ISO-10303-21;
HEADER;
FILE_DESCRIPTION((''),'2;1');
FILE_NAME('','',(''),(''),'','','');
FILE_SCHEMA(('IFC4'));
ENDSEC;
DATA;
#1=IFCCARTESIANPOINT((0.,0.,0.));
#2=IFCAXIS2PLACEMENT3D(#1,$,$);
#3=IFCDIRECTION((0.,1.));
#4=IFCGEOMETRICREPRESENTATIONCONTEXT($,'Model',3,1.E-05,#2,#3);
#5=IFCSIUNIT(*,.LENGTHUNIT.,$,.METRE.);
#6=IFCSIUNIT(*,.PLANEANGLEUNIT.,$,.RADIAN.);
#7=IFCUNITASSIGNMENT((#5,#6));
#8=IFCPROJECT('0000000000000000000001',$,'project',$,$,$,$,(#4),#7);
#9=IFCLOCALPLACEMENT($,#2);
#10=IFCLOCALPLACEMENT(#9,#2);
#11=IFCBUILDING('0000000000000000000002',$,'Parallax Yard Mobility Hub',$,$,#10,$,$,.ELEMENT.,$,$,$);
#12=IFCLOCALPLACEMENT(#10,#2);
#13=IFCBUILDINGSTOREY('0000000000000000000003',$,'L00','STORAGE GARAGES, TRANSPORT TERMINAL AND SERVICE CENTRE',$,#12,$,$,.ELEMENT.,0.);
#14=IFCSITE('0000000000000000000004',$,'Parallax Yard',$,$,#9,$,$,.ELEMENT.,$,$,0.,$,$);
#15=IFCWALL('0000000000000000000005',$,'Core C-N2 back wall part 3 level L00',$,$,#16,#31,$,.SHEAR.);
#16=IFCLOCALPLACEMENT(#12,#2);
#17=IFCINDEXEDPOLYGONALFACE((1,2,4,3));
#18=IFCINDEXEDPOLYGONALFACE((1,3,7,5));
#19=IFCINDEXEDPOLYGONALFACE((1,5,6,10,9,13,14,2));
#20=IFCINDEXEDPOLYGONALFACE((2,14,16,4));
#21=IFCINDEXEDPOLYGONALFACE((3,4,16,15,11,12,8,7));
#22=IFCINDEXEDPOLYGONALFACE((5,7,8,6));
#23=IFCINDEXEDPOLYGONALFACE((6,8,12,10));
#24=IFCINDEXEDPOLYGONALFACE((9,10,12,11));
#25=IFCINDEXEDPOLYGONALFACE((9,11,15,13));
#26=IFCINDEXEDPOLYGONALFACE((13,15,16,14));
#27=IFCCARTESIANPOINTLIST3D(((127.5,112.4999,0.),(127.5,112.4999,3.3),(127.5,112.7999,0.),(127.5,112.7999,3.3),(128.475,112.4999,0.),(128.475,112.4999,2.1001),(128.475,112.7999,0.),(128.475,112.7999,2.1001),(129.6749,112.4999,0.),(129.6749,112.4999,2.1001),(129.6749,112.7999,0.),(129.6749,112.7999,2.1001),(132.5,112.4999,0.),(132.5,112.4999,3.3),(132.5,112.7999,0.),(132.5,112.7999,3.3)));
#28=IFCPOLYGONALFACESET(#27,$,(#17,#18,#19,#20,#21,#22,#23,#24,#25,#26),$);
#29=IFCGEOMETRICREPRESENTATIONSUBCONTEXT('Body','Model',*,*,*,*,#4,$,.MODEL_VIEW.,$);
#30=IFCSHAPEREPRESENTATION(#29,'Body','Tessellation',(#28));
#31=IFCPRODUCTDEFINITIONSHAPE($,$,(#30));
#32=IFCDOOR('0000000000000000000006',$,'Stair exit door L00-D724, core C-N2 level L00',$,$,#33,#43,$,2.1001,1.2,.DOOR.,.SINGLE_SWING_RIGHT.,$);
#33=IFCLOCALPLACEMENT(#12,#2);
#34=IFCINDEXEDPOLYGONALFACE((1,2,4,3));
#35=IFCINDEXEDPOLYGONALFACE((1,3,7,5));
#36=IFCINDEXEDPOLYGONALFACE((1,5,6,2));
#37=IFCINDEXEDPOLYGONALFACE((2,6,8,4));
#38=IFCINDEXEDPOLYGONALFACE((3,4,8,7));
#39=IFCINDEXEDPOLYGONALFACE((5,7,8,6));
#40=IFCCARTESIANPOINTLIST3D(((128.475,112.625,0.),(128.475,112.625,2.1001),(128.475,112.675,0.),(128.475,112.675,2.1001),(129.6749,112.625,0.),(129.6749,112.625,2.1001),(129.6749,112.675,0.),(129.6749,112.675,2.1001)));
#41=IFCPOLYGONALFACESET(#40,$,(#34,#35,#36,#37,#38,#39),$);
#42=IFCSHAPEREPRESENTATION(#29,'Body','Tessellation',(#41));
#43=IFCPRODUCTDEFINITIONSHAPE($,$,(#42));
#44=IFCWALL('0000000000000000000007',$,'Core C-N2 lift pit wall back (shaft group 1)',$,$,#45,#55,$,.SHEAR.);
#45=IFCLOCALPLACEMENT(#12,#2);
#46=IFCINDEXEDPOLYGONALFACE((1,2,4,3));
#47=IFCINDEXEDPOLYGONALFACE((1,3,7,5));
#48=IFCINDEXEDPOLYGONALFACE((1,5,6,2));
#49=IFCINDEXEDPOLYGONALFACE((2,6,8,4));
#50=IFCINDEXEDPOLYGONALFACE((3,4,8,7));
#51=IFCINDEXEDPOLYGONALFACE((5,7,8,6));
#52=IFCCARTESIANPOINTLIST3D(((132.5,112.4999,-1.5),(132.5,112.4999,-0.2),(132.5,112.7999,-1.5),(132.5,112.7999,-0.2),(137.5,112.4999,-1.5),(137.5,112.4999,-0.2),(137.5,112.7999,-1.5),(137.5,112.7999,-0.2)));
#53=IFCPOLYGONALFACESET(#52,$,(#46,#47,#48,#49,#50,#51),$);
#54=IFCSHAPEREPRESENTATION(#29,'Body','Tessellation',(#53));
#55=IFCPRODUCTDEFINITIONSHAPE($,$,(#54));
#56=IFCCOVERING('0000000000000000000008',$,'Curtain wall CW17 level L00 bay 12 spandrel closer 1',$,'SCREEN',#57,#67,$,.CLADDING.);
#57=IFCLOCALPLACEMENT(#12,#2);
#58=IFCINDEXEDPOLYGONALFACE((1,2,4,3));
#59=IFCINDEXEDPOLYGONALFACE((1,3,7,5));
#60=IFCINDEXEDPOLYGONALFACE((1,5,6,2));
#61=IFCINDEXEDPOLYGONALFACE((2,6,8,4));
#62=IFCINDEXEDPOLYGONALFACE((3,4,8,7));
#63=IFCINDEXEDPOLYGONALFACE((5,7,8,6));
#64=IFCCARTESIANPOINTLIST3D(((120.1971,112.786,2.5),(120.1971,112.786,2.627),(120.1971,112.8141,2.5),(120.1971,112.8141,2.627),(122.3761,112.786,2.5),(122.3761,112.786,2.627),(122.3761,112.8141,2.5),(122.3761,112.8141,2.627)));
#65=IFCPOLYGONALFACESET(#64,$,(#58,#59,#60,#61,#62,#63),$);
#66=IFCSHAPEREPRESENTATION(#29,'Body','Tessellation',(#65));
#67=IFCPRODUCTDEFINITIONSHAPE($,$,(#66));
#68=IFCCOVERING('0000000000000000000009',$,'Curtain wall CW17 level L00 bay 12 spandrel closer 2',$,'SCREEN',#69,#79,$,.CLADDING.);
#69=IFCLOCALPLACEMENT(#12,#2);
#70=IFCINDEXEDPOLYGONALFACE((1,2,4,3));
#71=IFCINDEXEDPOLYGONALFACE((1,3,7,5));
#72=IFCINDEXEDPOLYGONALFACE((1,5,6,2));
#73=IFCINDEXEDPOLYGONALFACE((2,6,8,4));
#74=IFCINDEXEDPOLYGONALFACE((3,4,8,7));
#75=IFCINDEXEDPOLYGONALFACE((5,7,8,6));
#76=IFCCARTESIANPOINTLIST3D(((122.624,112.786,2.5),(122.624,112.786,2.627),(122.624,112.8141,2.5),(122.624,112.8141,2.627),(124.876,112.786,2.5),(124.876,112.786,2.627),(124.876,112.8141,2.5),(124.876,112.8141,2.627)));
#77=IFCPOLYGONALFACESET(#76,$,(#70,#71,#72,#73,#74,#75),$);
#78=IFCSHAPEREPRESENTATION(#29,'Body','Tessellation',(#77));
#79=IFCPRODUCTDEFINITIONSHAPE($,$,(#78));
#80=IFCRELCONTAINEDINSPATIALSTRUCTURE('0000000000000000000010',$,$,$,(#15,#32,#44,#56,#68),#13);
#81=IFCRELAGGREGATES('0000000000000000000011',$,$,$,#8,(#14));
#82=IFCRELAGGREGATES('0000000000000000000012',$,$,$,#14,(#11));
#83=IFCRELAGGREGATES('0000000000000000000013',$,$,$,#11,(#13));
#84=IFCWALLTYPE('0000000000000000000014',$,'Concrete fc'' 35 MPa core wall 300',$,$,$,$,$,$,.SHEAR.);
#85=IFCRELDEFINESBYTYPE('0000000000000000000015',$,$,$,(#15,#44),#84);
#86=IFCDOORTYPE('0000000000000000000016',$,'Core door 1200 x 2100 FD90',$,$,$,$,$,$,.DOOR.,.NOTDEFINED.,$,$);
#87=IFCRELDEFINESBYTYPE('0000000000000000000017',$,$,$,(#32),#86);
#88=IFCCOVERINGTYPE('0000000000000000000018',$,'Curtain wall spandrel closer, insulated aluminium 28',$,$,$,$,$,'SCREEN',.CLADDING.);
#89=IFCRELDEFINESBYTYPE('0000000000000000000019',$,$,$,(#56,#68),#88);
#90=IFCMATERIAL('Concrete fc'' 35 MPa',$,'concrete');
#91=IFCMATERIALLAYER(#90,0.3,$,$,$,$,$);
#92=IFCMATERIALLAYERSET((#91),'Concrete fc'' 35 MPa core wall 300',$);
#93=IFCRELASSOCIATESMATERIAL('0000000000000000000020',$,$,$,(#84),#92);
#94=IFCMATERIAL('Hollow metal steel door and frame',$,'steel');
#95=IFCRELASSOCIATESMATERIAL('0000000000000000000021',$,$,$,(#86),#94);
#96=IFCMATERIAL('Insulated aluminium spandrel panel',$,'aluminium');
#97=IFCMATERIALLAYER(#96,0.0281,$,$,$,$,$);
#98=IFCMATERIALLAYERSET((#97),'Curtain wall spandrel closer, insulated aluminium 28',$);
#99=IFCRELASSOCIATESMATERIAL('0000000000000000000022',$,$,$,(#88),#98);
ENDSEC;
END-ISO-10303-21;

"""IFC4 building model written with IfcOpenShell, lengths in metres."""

from ifc_helpers import new_model, si_unit, direction, frame, frame_2d, origin, origin_2d, place, context, subcontext, project, spatial, rectangle, extrude, material, layer, layer_set, type_object, element, fill, save


model = new_model("IFC4")

# Units and contexts
model_context = context("Model", 3, precision=1e-05, world=origin(), true_north=direction((0.0, 1.0)))
body_context = subcontext(model_context, "Body", "Model", "MODEL_VIEW")
ifc_project = project(units=[si_unit("LENGTHUNIT", "METRE"), si_unit("PLANEANGLEUNIT", "RADIAN")], contexts=[model_context])

# Site, building, storey
site_placement = place(None, origin())
site = spatial("IfcSite", under=ifc_project, at=site_placement, Name="Parallax Yard", CompositionType="ELEMENT", RefElevation=0.0)
building_placement = place(site_placement, origin())
building = spatial("IfcBuilding", under=site, at=building_placement, Name="Parallax Yard Mobility Hub", CompositionType="ELEMENT")
storey_placement = place(building_placement, origin())
storey = spatial("IfcBuildingStorey", under=building, at=storey_placement, Name="L00", Description="STORAGE GARAGES, TRANSPORT TERMINAL AND SERVICE CENTRE", CompositionType="ELEMENT", Elevation=0.0)

# Shared definitions
ifc_material_1 = material(Name="Concrete fc' 35 MPa", Category="concrete")
ifc_layer_1 = layer(ifc_material_1, 0.3)
ifc_layer_set_1 = layer_set([ifc_layer_1], Name="Concrete fc' 35 MPa core wall 300")
wall_type = type_object("IfcWallType", Name="Concrete fc' 35 MPa core wall 300", PredefinedType="SHEAR", material=ifc_layer_set_1)
ifc_material_2 = material(Name="Hollow metal steel door and frame", Category="steel")
door_type = type_object("IfcDoorType", Name="Core door 1200 x 2100 FD90", OperationType="NOTDEFINED", PredefinedType="DOOR", material=ifc_material_2)

# Wall, opening, door
wall_1_placement = place(storey_placement, frame((132.5, 112.6499, 0.0), z_axis=(0.0, 0.0, 1.0), x_axis=(-1.0, 0.0, 0.0)))
wall_1 = element("IfcWall", 1, at=wall_1_placement, inside=storey, type_object=wall_type, Name="Core C-N2 back wall part 3 level L00", PredefinedType="SHEAR", context=body_context, shape_type="SweptSolid", body=[
    extrude(rectangle(XDim=5.0, YDim=0.3, at=frame_2d((2.5, 0.0))), origin(), (0.0, 0.0, 1.0), 3.3),
])
opening_1_placement = place(wall_1_placement, frame((2.825, 0.0, 0.0)))
opening_1 = element("IfcOpeningElement", 2, at=opening_1_placement, cuts=wall_1, PredefinedType="OPENING", context=body_context, shape_type="SweptSolid", body=[
    extrude(rectangle(XDim=1.2, YDim=2.1001, at=frame_2d((0.6001, 1.05))), frame((0.0, 0.1602, 0.0), z_axis=(0.0, -1.0, 0.0), x_axis=(1.0, 0.0, 0.0)), (0.0, 0.0, 1.0), 0.3201),
])
door_1_placement = place(opening_1_placement, origin())
door_1 = element("IfcDoor", 3, at=door_1_placement, inside=storey, type_object=door_type, Name="Stair exit door L00-D724, core C-N2 level L00", OperationType="SINGLE_SWING_RIGHT", OverallHeight=2.1001, OverallWidth=1.2, PredefinedType="DOOR", context=body_context, shape_type="SweptSolid", body=[
    extrude(rectangle(XDim=1.2, YDim=2.1001, at=frame_2d((0.6001, 1.05))), frame((0.0, 0.0249, 0.0), z_axis=(0.0, -1.0, 0.0), x_axis=(1.0, 0.0, 0.0)), (0.0, 0.0, 1.0), 0.05),
])
fill(opening_1, door_1)

# Wall
wall_2_placement = place(storey_placement, frame((137.5, 112.6499, -1.5), z_axis=(0.0, 0.0, 1.0), x_axis=(-1.0, 0.0, 0.0)))
element("IfcWall", 4, at=wall_2_placement, inside=storey, type_object=wall_type, Name="Core C-N2 lift pit wall back (shaft group 1)", PredefinedType="SHEAR", context=body_context, shape_type="SweptSolid", body=[
    extrude(rectangle(XDim=5.0, YDim=0.3, at=frame_2d((2.5, 0.0))), origin(), (0.0, 0.0, 1.0), 1.3),
])

# Coverings
ifc_material_3 = material(Name="Insulated aluminium spandrel panel", Category="aluminium")
ifc_layer_2 = layer(ifc_material_3, 0.0281)
ifc_layer_set_2 = layer_set([ifc_layer_2], Name="Curtain wall spandrel closer, insulated aluminium 28")
covering_type = type_object("IfcCoveringType", Name="Curtain wall spandrel closer, insulated aluminium 28", ElementType="SCREEN", PredefinedType="CLADDING", material=ifc_layer_set_2)
covering_1_placement = place(storey_placement, frame((121.2866, 112.8, 2.5), z_axis=(0.0, 0.0, 1.0), x_axis=(1.0, 0.0, 0.0)))
element("IfcCovering", 5, at=covering_1_placement, inside=storey, type_object=covering_type, Name="Curtain wall CW17 level L00 bay 12 spandrel closer 1", ObjectType="SCREEN", PredefinedType="CLADDING", context=body_context, shape_type="SweptSolid", body=[
    extrude(rectangle(XDim=2.179, YDim=0.0281, at=origin_2d()), origin(), (0.0, 0.0, 1.0), 0.127),
])
covering_2_placement = place(storey_placement, frame((123.75, 112.8, 2.5), z_axis=(0.0, 0.0, 1.0), x_axis=(1.0, 0.0, 0.0)))
element("IfcCovering", 6, at=covering_2_placement, inside=storey, type_object=covering_type, Name="Curtain wall CW17 level L00 bay 12 spandrel closer 2", ObjectType="SCREEN", PredefinedType="CLADDING", context=body_context, shape_type="SweptSolid", body=[
    extrude(rectangle(XDim=2.252, YDim=0.0281, at=origin_2d()), origin(), (0.0, 0.0, 1.0), 0.127),
])

save(model, "model.ifc")
